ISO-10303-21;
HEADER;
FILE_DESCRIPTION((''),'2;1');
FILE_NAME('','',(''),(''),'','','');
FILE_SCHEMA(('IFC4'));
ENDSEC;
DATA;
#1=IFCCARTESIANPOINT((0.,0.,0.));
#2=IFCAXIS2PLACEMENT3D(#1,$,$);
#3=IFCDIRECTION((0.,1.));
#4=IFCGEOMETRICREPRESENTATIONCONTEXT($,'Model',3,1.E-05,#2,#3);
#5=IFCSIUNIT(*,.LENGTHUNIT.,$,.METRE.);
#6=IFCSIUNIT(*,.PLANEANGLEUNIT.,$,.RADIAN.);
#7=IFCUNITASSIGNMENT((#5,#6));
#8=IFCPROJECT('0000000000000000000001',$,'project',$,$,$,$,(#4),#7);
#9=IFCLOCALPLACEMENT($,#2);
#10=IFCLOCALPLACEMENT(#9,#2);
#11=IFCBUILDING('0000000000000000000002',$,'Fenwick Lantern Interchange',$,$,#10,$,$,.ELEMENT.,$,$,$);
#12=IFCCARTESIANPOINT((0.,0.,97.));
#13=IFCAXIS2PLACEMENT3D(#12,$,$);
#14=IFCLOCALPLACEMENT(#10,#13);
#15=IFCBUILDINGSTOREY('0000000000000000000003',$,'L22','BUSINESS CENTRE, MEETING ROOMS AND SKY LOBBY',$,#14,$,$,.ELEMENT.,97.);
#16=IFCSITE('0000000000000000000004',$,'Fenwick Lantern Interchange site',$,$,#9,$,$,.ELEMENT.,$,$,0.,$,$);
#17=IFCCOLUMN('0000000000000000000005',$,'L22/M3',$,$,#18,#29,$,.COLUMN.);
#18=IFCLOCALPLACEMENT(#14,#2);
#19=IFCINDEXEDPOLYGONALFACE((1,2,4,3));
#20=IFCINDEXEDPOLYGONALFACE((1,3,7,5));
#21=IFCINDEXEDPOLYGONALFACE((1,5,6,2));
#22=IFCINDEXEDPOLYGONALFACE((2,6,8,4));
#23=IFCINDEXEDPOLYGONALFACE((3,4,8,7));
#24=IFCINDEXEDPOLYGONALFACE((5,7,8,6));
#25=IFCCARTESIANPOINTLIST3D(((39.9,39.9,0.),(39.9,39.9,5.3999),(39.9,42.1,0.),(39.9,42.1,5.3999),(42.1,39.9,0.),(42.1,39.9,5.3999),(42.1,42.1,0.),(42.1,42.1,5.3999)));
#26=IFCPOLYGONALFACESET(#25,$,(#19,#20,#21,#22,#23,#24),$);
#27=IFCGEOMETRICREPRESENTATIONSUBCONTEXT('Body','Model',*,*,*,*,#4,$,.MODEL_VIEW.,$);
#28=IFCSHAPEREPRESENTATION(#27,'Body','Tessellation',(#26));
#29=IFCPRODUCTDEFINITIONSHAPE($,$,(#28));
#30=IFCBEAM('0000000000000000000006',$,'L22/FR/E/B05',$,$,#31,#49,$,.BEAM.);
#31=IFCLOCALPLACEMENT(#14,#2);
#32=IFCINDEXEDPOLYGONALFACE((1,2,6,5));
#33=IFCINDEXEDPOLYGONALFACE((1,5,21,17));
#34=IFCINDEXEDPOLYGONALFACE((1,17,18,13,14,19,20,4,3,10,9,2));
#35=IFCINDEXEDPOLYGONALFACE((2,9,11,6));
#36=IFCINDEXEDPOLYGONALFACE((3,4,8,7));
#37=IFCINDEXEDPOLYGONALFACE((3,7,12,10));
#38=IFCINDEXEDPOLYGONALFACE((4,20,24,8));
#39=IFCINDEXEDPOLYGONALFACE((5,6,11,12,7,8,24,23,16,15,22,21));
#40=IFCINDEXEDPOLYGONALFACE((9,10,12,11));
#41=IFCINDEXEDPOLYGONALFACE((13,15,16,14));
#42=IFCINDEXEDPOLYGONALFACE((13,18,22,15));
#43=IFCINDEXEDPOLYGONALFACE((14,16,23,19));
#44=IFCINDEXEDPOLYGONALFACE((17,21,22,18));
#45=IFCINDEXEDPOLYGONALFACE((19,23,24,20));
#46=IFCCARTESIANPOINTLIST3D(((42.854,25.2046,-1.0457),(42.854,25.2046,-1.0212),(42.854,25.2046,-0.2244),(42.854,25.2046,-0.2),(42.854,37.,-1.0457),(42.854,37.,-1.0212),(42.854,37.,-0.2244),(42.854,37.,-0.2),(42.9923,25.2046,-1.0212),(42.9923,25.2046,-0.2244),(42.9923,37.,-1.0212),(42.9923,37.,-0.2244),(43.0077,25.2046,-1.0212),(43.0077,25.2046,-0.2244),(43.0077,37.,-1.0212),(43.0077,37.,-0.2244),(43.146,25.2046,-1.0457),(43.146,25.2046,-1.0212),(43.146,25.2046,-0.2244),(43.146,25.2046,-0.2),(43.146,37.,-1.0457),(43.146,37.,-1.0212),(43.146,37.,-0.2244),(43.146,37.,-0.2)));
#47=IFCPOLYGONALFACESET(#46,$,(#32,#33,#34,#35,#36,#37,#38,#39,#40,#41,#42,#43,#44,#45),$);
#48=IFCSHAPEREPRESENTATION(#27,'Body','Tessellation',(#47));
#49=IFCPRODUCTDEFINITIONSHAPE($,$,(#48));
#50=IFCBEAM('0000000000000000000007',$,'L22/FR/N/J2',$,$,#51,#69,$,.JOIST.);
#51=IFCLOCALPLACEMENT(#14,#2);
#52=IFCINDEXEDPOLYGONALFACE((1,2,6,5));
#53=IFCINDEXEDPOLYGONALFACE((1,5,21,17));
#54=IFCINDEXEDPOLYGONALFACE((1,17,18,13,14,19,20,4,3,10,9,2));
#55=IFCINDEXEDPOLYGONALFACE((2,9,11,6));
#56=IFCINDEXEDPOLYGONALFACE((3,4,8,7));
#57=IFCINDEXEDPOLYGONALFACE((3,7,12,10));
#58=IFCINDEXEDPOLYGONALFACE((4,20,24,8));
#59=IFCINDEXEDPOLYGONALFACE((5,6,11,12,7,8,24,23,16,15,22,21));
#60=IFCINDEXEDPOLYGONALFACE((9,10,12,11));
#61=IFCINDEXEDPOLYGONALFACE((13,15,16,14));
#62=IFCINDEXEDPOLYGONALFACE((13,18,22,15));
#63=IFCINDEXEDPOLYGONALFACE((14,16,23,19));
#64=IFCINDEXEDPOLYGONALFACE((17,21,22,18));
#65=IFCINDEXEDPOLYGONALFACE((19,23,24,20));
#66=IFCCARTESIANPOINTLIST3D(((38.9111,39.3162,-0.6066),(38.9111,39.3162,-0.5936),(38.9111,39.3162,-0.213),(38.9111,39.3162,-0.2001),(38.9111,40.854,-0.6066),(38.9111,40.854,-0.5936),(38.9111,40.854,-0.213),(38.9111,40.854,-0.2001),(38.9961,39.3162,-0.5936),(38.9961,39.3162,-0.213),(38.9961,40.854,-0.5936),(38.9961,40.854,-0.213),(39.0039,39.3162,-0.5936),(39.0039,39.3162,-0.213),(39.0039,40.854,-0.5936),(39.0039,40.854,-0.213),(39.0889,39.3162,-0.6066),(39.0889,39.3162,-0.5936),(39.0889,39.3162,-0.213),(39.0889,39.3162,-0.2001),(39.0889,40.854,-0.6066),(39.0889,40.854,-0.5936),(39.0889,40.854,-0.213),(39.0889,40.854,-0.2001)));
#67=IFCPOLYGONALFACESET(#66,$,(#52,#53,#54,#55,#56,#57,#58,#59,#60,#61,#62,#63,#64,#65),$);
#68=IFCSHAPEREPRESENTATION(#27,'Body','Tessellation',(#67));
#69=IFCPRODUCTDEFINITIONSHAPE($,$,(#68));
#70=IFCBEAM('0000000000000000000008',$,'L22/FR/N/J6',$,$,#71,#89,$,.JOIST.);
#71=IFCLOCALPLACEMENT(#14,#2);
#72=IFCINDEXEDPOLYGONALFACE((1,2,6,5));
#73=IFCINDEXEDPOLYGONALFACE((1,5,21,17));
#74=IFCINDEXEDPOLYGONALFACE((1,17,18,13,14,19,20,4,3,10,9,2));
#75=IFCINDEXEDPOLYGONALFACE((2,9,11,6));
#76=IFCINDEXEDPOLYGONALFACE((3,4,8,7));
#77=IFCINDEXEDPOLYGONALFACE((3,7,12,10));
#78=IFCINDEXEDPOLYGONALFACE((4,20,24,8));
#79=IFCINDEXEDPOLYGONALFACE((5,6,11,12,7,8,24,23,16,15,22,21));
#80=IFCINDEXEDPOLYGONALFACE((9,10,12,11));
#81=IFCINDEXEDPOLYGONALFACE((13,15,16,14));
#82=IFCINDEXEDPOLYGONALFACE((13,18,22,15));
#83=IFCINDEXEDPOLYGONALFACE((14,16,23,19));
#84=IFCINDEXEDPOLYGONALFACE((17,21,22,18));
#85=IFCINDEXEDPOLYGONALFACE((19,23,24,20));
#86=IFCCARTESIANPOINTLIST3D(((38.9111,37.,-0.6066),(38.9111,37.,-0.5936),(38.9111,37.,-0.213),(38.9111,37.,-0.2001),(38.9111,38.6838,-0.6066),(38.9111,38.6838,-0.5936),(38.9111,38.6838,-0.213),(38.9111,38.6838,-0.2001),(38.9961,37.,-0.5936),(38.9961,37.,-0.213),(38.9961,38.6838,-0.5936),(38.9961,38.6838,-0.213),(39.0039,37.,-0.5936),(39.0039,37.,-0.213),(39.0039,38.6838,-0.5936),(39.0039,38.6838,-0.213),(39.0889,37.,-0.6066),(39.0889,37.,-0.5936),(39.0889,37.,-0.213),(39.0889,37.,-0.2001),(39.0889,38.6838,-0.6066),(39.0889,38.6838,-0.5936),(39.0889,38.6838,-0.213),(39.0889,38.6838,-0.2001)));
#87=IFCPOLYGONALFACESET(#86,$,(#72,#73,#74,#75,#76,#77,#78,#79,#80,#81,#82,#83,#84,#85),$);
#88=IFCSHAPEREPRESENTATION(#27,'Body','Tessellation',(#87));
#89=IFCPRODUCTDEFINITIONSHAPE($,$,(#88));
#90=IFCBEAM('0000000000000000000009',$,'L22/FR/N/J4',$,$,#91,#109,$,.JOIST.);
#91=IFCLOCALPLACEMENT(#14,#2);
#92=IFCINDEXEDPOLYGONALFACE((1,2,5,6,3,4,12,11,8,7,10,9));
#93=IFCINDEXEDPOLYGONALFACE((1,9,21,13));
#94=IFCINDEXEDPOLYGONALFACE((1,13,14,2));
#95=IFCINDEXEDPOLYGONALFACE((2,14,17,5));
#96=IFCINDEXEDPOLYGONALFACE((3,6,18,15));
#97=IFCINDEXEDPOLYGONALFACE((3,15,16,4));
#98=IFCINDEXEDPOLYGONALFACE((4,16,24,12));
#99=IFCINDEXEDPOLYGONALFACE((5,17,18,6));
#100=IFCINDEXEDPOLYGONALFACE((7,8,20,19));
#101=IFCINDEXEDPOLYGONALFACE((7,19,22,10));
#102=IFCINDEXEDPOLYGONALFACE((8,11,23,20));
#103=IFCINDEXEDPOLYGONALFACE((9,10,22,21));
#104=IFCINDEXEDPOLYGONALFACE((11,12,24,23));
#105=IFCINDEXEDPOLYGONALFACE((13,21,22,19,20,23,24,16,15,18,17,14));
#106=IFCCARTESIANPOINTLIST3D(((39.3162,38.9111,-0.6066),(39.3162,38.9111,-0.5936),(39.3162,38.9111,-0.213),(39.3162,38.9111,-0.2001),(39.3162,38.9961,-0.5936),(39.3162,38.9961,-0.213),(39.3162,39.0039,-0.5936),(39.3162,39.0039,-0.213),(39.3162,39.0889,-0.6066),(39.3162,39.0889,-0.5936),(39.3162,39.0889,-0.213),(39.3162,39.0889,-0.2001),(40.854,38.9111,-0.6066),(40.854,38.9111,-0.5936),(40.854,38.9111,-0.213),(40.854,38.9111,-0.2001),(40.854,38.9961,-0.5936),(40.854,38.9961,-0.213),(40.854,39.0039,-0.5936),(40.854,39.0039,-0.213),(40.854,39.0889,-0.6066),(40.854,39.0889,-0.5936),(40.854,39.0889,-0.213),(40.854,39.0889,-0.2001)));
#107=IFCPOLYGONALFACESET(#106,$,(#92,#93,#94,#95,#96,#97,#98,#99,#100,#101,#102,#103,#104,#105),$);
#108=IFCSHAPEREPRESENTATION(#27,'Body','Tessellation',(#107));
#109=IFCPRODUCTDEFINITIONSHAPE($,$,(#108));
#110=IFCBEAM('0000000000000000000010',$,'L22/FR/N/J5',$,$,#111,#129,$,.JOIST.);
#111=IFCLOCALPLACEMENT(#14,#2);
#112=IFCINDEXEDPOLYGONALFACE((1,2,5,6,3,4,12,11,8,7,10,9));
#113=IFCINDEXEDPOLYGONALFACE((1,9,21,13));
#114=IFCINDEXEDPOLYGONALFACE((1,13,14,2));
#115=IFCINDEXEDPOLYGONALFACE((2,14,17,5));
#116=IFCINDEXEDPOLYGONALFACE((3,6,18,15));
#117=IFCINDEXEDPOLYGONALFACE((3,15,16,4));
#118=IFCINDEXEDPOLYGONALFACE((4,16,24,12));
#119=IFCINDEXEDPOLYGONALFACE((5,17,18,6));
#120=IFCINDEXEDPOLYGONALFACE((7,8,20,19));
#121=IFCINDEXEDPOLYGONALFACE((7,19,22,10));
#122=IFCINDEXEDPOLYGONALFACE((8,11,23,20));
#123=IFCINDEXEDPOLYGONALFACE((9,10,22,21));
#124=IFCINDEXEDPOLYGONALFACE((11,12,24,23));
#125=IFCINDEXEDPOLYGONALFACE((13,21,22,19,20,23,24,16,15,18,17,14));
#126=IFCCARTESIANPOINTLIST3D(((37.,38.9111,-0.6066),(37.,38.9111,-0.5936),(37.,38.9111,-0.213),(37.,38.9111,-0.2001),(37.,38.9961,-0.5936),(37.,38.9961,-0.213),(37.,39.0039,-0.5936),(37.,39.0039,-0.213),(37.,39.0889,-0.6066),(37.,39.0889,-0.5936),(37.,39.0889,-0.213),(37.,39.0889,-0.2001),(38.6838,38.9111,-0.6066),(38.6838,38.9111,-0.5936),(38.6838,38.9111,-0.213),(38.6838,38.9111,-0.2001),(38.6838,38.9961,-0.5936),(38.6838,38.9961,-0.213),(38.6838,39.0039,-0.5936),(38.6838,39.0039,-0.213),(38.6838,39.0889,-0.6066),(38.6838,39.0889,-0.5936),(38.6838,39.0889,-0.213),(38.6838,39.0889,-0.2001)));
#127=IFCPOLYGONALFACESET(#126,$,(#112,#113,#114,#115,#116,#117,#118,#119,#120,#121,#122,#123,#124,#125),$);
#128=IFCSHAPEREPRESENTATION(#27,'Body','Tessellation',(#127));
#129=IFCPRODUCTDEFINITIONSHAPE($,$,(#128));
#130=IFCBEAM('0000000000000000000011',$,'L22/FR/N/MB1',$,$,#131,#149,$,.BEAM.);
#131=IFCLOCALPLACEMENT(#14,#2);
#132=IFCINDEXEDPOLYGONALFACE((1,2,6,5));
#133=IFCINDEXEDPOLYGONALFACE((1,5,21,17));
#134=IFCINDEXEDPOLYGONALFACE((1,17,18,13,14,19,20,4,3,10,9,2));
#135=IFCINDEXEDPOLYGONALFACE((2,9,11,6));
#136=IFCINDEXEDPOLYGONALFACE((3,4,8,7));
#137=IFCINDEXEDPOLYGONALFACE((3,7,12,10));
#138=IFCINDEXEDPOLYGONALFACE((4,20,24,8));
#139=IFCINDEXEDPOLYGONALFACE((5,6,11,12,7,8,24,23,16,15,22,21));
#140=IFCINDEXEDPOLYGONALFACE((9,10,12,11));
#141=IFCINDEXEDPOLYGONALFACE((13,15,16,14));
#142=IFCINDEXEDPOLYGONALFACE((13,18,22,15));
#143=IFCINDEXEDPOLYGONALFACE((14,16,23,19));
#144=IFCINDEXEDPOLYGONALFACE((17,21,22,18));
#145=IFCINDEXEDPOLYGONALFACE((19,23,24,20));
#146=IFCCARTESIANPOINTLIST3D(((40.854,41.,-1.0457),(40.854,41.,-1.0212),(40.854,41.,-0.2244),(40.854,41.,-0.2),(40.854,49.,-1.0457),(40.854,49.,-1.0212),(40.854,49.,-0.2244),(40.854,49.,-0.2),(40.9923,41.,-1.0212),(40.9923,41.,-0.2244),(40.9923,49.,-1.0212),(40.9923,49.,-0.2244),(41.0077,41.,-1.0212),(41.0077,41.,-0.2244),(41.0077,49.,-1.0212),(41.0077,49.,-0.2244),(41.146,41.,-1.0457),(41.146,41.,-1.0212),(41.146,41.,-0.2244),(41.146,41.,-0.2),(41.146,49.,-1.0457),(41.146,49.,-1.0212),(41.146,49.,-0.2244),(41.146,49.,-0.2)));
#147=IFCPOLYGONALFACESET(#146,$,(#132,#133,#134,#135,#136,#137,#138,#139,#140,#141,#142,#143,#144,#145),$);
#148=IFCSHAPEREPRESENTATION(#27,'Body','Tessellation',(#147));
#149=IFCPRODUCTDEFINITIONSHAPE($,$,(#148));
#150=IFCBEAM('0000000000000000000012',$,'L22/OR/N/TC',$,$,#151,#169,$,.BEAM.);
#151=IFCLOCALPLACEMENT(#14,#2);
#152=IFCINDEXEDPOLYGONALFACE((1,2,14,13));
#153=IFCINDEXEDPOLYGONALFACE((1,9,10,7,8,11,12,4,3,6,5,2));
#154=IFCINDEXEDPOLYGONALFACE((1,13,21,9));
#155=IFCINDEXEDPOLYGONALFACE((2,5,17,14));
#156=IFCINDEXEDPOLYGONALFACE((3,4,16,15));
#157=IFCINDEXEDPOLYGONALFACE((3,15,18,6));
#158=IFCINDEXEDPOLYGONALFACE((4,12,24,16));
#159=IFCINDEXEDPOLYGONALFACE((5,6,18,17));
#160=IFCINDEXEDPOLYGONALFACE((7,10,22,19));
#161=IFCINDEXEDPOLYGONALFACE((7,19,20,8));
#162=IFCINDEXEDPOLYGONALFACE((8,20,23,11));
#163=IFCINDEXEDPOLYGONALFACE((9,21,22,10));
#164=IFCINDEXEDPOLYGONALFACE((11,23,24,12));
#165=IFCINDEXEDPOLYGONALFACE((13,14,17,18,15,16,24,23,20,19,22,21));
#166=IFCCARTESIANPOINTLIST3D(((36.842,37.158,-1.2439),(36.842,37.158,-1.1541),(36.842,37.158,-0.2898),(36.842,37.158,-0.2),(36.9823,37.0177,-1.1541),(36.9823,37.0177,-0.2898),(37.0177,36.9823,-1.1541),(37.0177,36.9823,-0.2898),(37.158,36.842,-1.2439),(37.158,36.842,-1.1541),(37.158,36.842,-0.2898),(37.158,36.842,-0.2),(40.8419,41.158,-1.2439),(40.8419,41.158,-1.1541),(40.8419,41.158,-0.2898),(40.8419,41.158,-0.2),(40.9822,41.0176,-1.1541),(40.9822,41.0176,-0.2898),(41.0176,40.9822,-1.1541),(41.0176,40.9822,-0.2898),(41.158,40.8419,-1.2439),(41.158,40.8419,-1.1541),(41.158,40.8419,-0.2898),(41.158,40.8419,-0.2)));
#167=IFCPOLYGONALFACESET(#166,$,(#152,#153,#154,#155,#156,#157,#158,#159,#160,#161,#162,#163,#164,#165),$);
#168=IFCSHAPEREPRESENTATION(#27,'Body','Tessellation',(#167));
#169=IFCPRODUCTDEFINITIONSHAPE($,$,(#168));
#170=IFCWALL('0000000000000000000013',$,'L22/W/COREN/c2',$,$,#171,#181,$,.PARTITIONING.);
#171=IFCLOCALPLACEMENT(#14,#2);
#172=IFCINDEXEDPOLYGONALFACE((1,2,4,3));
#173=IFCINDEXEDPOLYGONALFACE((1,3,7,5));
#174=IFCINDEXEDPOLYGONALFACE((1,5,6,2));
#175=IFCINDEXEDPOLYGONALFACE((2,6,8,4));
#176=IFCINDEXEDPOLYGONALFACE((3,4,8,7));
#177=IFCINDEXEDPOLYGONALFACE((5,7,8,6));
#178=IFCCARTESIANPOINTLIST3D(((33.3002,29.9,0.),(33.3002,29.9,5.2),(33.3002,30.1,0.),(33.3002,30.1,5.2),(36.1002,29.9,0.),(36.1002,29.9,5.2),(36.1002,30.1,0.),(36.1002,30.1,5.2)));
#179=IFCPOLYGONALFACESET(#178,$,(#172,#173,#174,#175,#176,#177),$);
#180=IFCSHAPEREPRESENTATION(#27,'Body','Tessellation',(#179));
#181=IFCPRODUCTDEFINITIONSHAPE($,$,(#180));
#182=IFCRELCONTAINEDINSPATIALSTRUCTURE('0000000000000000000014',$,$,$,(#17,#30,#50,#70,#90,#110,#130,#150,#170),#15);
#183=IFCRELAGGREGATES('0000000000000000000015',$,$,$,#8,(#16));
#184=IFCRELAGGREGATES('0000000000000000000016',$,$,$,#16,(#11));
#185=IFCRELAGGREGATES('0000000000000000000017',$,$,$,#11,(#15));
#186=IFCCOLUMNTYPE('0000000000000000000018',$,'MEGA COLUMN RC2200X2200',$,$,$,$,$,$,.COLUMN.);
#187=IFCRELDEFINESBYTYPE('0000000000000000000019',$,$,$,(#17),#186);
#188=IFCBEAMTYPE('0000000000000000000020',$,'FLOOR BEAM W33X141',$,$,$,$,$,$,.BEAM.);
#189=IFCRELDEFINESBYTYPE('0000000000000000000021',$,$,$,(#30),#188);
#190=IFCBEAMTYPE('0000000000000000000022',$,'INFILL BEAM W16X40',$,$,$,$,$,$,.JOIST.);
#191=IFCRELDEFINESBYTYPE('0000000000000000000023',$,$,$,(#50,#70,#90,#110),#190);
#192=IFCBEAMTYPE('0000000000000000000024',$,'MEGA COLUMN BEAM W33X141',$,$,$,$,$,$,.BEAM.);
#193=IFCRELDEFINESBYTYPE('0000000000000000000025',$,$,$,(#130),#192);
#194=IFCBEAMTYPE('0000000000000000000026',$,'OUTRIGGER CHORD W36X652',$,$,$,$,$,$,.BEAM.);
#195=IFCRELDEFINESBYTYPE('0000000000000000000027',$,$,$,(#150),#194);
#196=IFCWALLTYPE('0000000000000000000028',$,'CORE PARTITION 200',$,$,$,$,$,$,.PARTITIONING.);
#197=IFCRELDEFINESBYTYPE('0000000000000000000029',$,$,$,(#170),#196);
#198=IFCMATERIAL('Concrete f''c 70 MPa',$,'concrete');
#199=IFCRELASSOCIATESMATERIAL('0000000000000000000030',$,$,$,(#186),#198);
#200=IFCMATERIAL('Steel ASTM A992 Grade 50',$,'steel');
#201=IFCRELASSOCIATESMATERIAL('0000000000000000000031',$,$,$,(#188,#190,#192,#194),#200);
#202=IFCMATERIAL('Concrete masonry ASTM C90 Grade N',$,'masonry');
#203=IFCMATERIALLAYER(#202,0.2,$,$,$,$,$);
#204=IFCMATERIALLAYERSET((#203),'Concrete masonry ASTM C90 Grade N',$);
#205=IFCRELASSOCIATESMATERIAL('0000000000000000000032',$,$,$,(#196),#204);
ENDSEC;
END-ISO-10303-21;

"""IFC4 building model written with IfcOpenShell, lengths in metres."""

from ifc_helpers import new_model, si_unit, direction, frame, frame_2d, origin, origin_2d, place, context, subcontext, project, spatial, rectangle, i_section, extrude, material, layer, layer_set, material_profile, profile_set, type_object, element, save


model = new_model("IFC4")

# Units and contexts
model_context = context("Model", 3, precision=1e-05, world=origin(), true_north=direction((0.0, 1.0)))
body_context = subcontext(model_context, "Body", "Model", "MODEL_VIEW")
ifc_project = project(units=[si_unit("LENGTHUNIT", "METRE"), si_unit("PLANEANGLEUNIT", "RADIAN")], contexts=[model_context])

# Site, building, storey
site_placement = place(None, origin())
site = spatial("IfcSite", under=ifc_project, at=site_placement, Name="Fenwick Lantern Interchange site", CompositionType="ELEMENT", RefElevation=0.0)
building_placement = place(site_placement, origin())
building = spatial("IfcBuilding", under=site, at=building_placement, Name="Fenwick Lantern Interchange", CompositionType="ELEMENT")
storey_placement = place(building_placement, frame((0.0, 0.0, 97.0)))
storey = spatial("IfcBuildingStorey", under=building, at=storey_placement, Name="L22", Description="BUSINESS CENTRE, MEETING ROOMS AND SKY LOBBY", CompositionType="ELEMENT", Elevation=97.0)

# Column
ifc_material_1 = material(Name="Concrete f'c 70 MPa", Category="concrete")
ifc_material_profile_1 = material_profile(ifc_material_1, rectangle(XDim=2.2, YDim=2.2, at=origin_2d()), Name="RC2200X2200")
ifc_profile_set_1 = profile_set([ifc_material_profile_1], Name="Concrete f'c 70 MPa")
column_type = type_object("IfcColumnType", Name="MEGA COLUMN RC2200X2200", PredefinedType="COLUMN", material=ifc_profile_set_1)
column_placement = place(storey_placement, frame((41.0, 41.0, 0.0), z_axis=(0.0, 0.0, 1.0), x_axis=(1.0, 0.0, 0.0)))
element("IfcColumn", 1, at=column_placement, inside=storey, type_object=column_type, Name="L22/M3", PredefinedType="COLUMN", context=body_context, shape_type="SweptSolid", body=[
    extrude(rectangle(XDim=2.2, YDim=2.2, at=origin_2d()), origin(), (0.0, 0.0, 1.0), 5.3999),
])

# Beams
ifc_material_2 = material(Name="Steel ASTM A992 Grade 50", Category="steel")
ifc_material_profile_2 = material_profile(ifc_material_2, i_section(OverallWidth=0.292, OverallDepth=0.8457, WebThickness=0.0154, FlangeThickness=0.0244, at=origin_2d()), Name="W33X141")
ifc_profile_set_2 = profile_set([ifc_material_profile_2], Name="Steel ASTM A992 Grade 50")
beam_type_1 = type_object("IfcBeamType", Name="FLOOR BEAM W33X141", PredefinedType="BEAM", material=ifc_profile_set_2)
beam_1_placement = place(storey_placement, frame((43.0, 25.2046, -0.6228), z_axis=(0.0, 1.0, 0.0), x_axis=(-1.0, 0.0, 0.0)))
element("IfcBeam", 2, at=beam_1_placement, inside=storey, type_object=beam_type_1, Name="L22/FR/E/B05", PredefinedType="BEAM", context=body_context, shape_type="SweptSolid", body=[
    extrude(i_section(OverallWidth=0.292, OverallDepth=0.8457, WebThickness=0.0154, FlangeThickness=0.0244, at=origin_2d()), origin(), (0.0, 0.0, 1.0), 11.7954),
])
ifc_material_profile_3 = material_profile(ifc_material_2, i_section(OverallWidth=0.1777, OverallDepth=0.4065, WebThickness=0.0078, FlangeThickness=0.0129, at=origin_2d()), Name="W16X40")
ifc_profile_set_3 = profile_set([ifc_material_profile_3], Name="Steel ASTM A992 Grade 50")
beam_type_2 = type_object("IfcBeamType", Name="INFILL BEAM W16X40", PredefinedType="JOIST", material=ifc_profile_set_3)
beam_2_placement = place(storey_placement, frame((39.0, 40.854, -0.4033), z_axis=(0.0, -1.0, 0.0), x_axis=(1.0, 0.0, 0.0)))
element("IfcBeam", 3, at=beam_2_placement, inside=storey, type_object=beam_type_2, Name="L22/FR/N/J2", PredefinedType="JOIST", context=body_context, shape_type="SweptSolid", body=[
    extrude(i_section(OverallWidth=0.1777, OverallDepth=0.4065, WebThickness=0.0078, FlangeThickness=0.0129, at=origin_2d()), origin(), (0.0, 0.0, 1.0), 1.5378),
])
beam_3_placement = place(storey_placement, frame((39.0, 38.6838, -0.4033), z_axis=(0.0, -1.0, 0.0), x_axis=(1.0, 0.0, 0.0)))
element("IfcBeam", 4, at=beam_3_placement, inside=storey, type_object=beam_type_2, Name="L22/FR/N/J6", PredefinedType="JOIST", context=body_context, shape_type="SweptSolid", body=[
    extrude(i_section(OverallWidth=0.1777, OverallDepth=0.4065, WebThickness=0.0078, FlangeThickness=0.0129, at=origin_2d()), origin(), (0.0, 0.0, 1.0), 1.6838),
])
beam_4_placement = place(storey_placement, frame((40.854, 39.0, -0.4033), z_axis=(-1.0, 0.0, 0.0), x_axis=(0.0, -1.0, 0.0)))
element("IfcBeam", 5, at=beam_4_placement, inside=storey, type_object=beam_type_2, Name="L22/FR/N/J4", PredefinedType="JOIST", context=body_context, shape_type="SweptSolid", body=[
    extrude(i_section(OverallWidth=0.1777, OverallDepth=0.4065, WebThickness=0.0078, FlangeThickness=0.0129, at=origin_2d()), origin(), (0.0, 0.0, 1.0), 1.5378),
])
beam_5_placement = place(storey_placement, frame((38.6838, 39.0, -0.4033), z_axis=(-1.0, 0.0, 0.0), x_axis=(0.0, -1.0, 0.0)))
element("IfcBeam", 6, at=beam_5_placement, inside=storey, type_object=beam_type_2, Name="L22/FR/N/J5", PredefinedType="JOIST", context=body_context, shape_type="SweptSolid", body=[
    extrude(i_section(OverallWidth=0.1777, OverallDepth=0.4065, WebThickness=0.0078, FlangeThickness=0.0129, at=origin_2d()), origin(), (0.0, 0.0, 1.0), 1.6838),
])
ifc_material_profile_4 = material_profile(ifc_material_2, i_section(OverallWidth=0.292, OverallDepth=0.8457, WebThickness=0.0154, FlangeThickness=0.0244, at=origin_2d()), Name="W33X141")
ifc_profile_set_4 = profile_set([ifc_material_profile_4], Name="Steel ASTM A992 Grade 50")
beam_type_3 = type_object("IfcBeamType", Name="MEGA COLUMN BEAM W33X141", PredefinedType="BEAM", material=ifc_profile_set_4)
beam_6_placement = place(storey_placement, frame((41.0, 41.0, -0.6228), z_axis=(0.0, 1.0, 0.0), x_axis=(-1.0, 0.0, 0.0)))
element("IfcBeam", 7, at=beam_6_placement, inside=storey, type_object=beam_type_3, Name="L22/FR/N/MB1", PredefinedType="BEAM", context=body_context, shape_type="SweptSolid", body=[
    extrude(i_section(OverallWidth=0.292, OverallDepth=0.8457, WebThickness=0.0154, FlangeThickness=0.0244, at=origin_2d()), origin(), (0.0, 0.0, 1.0), 8.0),
])
ifc_material_profile_5 = material_profile(ifc_material_2, i_section(OverallWidth=0.447, OverallDepth=1.0439, WebThickness=0.05, FlangeThickness=0.0898, at=origin_2d()), Name="W36X652")
ifc_profile_set_5 = profile_set([ifc_material_profile_5], Name="Steel ASTM A992 Grade 50")
beam_type_4 = type_object("IfcBeamType", Name="OUTRIGGER CHORD W36X652", PredefinedType="BEAM", material=ifc_profile_set_5)
beam_7_placement = place(storey_placement, frame((37.0, 37.0, -0.7219), z_axis=(0.707107, 0.707107, 0.0), x_axis=(-0.707107, 0.707107, 0.0)))
element("IfcBeam", 8, at=beam_7_placement, inside=storey, type_object=beam_type_4, Name="L22/OR/N/TC", PredefinedType="BEAM", context=body_context, shape_type="SweptSolid", body=[
    extrude(i_section(OverallWidth=0.447, OverallDepth=1.0439, WebThickness=0.05, FlangeThickness=0.0898, at=origin_2d()), origin(), (0.0, 0.0, 1.0), 5.6567),
])

# Wall
ifc_material_3 = material(Name="Concrete masonry ASTM C90 Grade N", Category="masonry")
ifc_layer_1 = layer(ifc_material_3, 0.2)
ifc_layer_set_1 = layer_set([ifc_layer_1], Name="Concrete masonry ASTM C90 Grade N")
wall_type_1 = type_object("IfcWallType", Name="CORE PARTITION 200", PredefinedType="PARTITIONING", material=ifc_layer_set_1)
for number, where, z_axis, x_axis, name in (
    (9, (36.1001, 30.0, 0.0), (0.0, 0.0, 1.0), (-1.0, 0.0, 0.0), "L22/W/COREN/c2"),
):
    element("IfcWall", number, at=place(storey_placement, frame(where, z_axis=z_axis, x_axis=x_axis)), inside=storey, type_object=wall_type_1, Name=name, PredefinedType="PARTITIONING", context=body_context, shape_type="SweptSolid", body=[
        extrude(rectangle(XDim=2.8, YDim=0.2, at=frame_2d((1.3999, 0.0))), origin(), (0.0, 0.0, 1.0), 5.2),
    ])

save(model, "model.ifc")
